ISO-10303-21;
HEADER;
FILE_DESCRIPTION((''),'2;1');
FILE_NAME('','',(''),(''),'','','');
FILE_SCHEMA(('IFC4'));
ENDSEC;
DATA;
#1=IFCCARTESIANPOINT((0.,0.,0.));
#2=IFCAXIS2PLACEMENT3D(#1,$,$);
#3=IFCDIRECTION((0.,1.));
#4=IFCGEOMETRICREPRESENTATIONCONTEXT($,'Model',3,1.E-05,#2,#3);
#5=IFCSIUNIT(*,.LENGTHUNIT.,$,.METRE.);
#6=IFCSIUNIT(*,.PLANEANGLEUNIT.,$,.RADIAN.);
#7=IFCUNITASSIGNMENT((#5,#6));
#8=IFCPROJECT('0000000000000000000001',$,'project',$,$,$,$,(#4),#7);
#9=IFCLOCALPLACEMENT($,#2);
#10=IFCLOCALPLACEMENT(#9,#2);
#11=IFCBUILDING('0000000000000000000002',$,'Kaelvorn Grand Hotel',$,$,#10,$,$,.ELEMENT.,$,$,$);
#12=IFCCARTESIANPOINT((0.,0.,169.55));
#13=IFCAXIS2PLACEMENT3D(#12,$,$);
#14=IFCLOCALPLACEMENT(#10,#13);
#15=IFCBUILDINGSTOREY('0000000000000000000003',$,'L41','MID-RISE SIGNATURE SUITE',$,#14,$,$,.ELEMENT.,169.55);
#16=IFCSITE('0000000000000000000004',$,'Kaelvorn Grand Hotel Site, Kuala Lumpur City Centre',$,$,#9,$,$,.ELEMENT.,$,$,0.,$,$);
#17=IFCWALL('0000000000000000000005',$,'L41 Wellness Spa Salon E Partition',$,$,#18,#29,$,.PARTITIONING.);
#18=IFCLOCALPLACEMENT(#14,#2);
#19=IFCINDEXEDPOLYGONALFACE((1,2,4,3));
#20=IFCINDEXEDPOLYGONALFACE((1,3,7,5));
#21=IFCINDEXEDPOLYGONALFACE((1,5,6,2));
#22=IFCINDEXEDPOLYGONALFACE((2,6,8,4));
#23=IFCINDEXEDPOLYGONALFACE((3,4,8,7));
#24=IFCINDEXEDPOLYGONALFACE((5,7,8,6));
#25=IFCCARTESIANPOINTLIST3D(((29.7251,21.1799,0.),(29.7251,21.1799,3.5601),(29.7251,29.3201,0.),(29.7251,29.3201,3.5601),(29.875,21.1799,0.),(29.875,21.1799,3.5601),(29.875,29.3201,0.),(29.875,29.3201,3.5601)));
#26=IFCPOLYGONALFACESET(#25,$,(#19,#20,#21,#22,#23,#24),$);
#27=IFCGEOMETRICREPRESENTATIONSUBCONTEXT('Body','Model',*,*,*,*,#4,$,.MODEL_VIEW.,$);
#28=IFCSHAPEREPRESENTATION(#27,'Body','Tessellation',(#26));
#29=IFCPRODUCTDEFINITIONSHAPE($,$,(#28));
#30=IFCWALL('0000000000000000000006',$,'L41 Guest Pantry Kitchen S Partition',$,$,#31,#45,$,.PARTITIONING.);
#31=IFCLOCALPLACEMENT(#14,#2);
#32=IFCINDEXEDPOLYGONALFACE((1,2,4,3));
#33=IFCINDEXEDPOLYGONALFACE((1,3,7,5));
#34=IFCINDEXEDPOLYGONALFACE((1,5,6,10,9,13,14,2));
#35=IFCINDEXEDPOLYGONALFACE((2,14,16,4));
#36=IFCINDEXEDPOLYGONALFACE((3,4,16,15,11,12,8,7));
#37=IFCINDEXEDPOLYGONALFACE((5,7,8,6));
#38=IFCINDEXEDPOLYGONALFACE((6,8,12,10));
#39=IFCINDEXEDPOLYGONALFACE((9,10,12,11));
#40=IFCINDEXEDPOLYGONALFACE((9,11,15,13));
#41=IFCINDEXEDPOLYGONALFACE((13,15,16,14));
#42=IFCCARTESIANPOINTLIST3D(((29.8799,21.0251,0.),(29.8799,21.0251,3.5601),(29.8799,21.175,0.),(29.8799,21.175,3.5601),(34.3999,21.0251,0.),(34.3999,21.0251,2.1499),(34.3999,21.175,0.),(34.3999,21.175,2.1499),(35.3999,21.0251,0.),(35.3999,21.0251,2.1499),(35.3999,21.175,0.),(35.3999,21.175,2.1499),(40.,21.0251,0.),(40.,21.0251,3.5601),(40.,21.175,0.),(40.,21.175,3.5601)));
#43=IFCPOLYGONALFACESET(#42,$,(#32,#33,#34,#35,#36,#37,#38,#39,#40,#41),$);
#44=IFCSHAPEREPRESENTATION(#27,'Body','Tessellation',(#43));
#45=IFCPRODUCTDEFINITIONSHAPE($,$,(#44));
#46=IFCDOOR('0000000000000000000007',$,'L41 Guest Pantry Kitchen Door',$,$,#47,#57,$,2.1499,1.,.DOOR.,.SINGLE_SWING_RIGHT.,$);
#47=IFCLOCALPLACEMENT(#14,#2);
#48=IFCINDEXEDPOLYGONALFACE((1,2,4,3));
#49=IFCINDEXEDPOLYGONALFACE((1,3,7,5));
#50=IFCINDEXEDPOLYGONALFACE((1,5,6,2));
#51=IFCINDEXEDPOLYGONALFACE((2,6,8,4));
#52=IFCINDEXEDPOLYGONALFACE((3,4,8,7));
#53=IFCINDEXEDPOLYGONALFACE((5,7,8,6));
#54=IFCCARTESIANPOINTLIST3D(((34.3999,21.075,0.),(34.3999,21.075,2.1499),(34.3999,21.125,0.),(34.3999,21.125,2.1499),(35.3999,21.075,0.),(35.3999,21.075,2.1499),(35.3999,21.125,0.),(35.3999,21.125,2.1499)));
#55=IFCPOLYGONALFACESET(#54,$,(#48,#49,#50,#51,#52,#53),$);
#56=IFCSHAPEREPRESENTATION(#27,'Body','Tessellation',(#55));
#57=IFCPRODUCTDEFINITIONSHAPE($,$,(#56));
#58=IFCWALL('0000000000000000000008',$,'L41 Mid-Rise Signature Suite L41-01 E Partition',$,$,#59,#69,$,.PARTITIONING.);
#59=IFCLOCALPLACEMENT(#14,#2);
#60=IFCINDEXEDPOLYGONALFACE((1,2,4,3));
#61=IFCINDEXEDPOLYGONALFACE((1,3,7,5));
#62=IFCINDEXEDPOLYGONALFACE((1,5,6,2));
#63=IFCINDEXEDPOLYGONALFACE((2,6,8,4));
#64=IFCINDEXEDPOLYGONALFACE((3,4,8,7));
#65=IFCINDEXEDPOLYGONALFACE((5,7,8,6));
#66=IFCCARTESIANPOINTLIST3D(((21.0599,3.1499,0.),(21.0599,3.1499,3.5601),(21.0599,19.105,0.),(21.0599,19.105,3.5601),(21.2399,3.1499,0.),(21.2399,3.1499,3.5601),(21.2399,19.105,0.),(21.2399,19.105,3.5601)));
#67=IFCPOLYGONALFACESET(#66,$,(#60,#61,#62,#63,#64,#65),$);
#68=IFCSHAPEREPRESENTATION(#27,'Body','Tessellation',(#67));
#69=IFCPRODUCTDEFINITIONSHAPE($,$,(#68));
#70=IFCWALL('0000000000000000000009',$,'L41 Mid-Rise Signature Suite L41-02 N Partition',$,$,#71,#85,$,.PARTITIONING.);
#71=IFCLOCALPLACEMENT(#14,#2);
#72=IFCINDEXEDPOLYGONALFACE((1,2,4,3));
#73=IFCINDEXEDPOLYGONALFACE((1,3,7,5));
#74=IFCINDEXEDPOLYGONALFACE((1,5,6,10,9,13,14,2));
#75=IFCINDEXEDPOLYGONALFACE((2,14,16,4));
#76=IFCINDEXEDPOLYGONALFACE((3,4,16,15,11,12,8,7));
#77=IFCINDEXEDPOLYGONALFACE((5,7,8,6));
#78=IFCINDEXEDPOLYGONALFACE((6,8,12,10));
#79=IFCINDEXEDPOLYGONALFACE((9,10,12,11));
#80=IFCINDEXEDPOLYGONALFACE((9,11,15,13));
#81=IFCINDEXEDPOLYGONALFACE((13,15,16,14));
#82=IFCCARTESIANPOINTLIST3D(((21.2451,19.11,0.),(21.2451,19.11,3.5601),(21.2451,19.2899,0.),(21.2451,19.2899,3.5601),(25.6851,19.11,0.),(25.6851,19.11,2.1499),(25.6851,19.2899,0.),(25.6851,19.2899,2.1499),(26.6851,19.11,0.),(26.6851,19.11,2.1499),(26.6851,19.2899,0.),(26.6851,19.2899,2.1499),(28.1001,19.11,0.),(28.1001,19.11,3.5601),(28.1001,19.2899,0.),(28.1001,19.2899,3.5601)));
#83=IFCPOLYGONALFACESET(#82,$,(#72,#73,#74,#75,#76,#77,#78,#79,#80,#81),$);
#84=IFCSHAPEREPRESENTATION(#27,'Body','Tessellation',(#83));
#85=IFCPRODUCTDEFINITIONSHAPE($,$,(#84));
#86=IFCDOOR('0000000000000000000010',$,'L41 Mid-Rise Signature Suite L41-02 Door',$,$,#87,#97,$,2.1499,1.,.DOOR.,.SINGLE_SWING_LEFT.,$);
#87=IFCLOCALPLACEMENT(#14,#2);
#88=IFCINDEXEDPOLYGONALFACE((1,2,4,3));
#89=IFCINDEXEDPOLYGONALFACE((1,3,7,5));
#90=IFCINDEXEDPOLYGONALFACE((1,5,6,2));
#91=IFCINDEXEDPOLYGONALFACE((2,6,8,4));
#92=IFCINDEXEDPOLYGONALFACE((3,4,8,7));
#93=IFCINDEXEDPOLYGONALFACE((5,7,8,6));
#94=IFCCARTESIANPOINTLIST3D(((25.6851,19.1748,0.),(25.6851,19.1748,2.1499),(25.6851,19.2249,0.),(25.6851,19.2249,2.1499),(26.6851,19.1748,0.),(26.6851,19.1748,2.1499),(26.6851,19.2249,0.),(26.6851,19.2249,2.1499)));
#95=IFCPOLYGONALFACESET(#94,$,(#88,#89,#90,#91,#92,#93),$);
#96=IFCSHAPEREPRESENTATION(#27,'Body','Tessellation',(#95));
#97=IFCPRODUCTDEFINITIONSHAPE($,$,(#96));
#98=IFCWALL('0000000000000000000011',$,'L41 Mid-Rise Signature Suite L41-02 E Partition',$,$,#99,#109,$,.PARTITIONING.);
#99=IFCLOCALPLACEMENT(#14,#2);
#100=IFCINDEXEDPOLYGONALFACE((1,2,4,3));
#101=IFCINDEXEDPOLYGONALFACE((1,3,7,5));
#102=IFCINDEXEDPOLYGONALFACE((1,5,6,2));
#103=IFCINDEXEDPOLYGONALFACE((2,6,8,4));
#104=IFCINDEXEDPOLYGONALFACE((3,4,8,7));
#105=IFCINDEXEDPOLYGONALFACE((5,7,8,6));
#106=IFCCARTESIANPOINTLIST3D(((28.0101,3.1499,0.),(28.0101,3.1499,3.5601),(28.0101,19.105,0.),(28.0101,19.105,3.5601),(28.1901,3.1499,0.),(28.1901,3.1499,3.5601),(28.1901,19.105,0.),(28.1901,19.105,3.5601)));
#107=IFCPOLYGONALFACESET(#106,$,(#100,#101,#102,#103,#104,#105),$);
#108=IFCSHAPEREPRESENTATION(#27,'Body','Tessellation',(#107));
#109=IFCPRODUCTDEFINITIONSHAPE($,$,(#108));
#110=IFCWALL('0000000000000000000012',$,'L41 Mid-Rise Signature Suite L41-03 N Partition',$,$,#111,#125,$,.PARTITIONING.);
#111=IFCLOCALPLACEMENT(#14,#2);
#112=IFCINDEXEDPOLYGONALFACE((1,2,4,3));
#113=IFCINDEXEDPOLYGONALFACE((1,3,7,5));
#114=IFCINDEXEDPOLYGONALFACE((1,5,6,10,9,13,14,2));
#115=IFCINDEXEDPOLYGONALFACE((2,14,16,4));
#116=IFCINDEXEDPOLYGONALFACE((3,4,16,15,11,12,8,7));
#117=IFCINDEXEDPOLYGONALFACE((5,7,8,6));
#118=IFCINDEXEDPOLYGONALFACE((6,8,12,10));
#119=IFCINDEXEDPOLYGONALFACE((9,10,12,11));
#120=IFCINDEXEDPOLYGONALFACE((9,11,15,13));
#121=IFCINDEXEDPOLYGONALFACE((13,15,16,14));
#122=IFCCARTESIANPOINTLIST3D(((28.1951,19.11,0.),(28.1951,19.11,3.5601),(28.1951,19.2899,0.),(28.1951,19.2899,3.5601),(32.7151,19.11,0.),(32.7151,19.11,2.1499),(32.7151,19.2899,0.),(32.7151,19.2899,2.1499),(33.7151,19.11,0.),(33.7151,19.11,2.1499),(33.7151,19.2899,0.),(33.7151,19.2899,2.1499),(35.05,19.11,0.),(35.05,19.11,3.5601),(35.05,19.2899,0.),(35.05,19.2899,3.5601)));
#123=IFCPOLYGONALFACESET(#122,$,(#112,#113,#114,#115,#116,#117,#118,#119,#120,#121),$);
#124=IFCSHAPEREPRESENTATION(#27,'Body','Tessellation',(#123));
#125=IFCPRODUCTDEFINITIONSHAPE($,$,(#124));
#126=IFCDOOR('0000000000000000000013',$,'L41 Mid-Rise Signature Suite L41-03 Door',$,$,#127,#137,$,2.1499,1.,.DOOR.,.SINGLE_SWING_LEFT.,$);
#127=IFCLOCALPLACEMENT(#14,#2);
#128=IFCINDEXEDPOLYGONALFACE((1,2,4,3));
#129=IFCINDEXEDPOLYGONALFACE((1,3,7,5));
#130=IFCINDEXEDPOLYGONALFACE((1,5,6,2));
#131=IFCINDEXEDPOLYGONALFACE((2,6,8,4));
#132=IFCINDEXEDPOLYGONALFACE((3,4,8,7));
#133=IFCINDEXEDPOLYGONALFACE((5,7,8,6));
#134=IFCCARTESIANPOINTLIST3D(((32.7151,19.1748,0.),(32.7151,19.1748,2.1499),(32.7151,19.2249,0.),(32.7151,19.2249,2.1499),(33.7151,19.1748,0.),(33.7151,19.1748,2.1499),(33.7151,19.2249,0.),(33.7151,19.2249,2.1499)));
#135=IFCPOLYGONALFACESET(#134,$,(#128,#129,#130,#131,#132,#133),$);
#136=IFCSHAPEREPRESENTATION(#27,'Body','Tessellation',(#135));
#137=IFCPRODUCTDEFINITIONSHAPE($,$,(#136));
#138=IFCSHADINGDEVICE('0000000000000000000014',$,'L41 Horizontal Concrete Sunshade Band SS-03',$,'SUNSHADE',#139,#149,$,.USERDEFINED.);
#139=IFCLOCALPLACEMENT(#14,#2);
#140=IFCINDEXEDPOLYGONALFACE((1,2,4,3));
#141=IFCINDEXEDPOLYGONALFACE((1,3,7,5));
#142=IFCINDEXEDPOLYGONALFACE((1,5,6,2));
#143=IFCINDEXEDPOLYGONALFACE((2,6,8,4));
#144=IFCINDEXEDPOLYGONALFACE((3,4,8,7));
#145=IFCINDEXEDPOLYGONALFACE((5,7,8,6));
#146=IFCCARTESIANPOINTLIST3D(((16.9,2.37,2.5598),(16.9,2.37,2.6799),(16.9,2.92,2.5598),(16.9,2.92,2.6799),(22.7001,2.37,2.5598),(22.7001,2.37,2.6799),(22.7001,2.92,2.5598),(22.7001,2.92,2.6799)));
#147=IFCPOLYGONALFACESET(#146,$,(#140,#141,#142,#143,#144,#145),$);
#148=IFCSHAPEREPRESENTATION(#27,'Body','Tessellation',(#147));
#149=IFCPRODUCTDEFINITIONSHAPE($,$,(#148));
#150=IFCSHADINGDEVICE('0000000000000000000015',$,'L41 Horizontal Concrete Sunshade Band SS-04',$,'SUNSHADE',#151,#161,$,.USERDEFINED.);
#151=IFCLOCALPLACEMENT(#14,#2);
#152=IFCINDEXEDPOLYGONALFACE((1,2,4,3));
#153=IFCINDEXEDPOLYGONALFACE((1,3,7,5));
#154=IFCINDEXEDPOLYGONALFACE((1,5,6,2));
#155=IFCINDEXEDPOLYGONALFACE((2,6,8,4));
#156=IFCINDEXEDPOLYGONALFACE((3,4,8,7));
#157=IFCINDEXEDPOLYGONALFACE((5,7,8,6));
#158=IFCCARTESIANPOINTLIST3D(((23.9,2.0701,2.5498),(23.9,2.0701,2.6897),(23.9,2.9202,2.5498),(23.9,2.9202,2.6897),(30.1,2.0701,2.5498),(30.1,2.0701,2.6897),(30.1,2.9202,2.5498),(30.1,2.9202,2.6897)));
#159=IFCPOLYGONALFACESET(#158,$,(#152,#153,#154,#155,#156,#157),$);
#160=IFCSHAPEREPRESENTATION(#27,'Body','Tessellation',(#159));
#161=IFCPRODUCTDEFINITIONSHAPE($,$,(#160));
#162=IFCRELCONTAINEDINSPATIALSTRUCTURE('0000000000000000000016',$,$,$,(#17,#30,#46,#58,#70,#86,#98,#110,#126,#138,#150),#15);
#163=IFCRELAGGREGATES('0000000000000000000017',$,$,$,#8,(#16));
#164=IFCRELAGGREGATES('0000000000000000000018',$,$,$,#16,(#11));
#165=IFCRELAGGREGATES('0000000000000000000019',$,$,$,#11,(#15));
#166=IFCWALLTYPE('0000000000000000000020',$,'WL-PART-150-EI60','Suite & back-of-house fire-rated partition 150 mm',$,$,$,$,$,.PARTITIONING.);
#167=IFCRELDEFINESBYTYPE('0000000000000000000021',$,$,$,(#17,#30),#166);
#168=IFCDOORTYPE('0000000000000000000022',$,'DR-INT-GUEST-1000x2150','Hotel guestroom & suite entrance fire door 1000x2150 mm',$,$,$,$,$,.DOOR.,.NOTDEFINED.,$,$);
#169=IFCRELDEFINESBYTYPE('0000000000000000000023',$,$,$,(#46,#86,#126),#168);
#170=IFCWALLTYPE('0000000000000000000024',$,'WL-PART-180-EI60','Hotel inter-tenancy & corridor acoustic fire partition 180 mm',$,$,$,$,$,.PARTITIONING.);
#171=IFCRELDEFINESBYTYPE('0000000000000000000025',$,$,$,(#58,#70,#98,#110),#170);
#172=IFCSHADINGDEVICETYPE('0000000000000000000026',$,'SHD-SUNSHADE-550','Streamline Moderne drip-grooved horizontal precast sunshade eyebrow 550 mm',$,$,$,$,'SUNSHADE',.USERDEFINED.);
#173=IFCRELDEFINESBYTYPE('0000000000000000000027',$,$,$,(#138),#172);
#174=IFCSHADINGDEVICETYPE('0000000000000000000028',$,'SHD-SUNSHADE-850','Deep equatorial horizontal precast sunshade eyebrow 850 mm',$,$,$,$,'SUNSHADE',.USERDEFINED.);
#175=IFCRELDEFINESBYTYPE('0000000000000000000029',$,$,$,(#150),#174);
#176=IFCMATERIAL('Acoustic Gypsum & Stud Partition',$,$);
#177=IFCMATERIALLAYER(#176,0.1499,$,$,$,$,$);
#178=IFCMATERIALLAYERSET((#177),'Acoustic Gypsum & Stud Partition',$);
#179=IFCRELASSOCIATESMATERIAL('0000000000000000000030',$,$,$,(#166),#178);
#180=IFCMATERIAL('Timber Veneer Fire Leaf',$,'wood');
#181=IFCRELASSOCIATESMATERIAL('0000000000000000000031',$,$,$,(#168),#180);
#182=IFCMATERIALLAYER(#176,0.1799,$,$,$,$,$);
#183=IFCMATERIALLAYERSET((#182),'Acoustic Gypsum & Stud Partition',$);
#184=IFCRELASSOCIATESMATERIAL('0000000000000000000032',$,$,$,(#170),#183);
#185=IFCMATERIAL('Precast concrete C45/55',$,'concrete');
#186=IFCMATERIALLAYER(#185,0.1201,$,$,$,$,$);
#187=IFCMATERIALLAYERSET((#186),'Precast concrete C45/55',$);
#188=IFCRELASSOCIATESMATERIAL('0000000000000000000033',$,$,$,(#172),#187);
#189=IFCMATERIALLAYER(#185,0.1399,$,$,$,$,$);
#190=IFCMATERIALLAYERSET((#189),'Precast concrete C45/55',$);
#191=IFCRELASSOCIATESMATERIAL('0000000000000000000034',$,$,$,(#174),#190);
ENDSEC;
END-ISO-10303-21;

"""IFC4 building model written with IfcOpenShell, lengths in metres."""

from ifc_helpers import new_model, si_unit, direction, frame, frame_2d, origin, origin_2d, place, context, subcontext, project, spatial, rectangle, extrude, material, layer, layer_set, type_object, element, fill, save


model = new_model("IFC4")

# Units and contexts
model_context = context("Model", 3, precision=1e-05, world=origin(), true_north=direction((0.0, 1.0)))
body_context = subcontext(model_context, "Body", "Model", "MODEL_VIEW")
ifc_project = project(units=[si_unit("LENGTHUNIT", "METRE"), si_unit("PLANEANGLEUNIT", "RADIAN")], contexts=[model_context])

# Site, building, storey
site_placement = place(None, origin())
site = spatial("IfcSite", under=ifc_project, at=site_placement, Name="Kaelvorn Grand Hotel Site, Kuala Lumpur City Centre", CompositionType="ELEMENT", RefElevation=0.0)
building_placement = place(site_placement, origin())
building = spatial("IfcBuilding", under=site, at=building_placement, Name="Kaelvorn Grand Hotel", CompositionType="ELEMENT")
storey_placement = place(building_placement, frame((0.0, 0.0, 169.55)))
storey = spatial("IfcBuildingStorey", under=building, at=storey_placement, Name="L41", Description="MID-RISE SIGNATURE SUITE", CompositionType="ELEMENT", Elevation=169.55)

# Wall
ifc_material_1 = material(Name="Acoustic Gypsum & Stud Partition")
ifc_layer_1 = layer(ifc_material_1, 0.1499)
ifc_layer_set_1 = layer_set([ifc_layer_1], Name="Acoustic Gypsum & Stud Partition")
wall_type_1 = type_object("IfcWallType", Name="WL-PART-150-EI60", Description="Suite & back-of-house fire-rated partition 150 mm", PredefinedType="PARTITIONING", material=ifc_layer_set_1)
wall_1_placement = place(storey_placement, frame((29.8, 21.1799, 0.0), z_axis=(0.0, 0.0, 1.0), x_axis=(0.0, 1.0, 0.0)))
element("IfcWall", 1, at=wall_1_placement, inside=storey, type_object=wall_type_1, Name="L41 Wellness Spa Salon E Partition", PredefinedType="PARTITIONING", context=body_context, shape_type="SweptSolid", body=[
    extrude(rectangle(XDim=8.1401, YDim=0.1499, at=frame_2d((4.0701, 0.0))), origin(), (0.0, 0.0, 1.0), 3.5601),
])

# Wall, opening, door
wall_2_placement = place(storey_placement, frame((29.8799, 21.1001, 0.0), z_axis=(0.0, 0.0, 1.0), x_axis=(1.0, 0.0, 0.0)))
wall_2 = element("IfcWall", 2, at=wall_2_placement, inside=storey, type_object=wall_type_1, Name="L41 Guest Pantry Kitchen S Partition", PredefinedType="PARTITIONING", context=body_context, shape_type="SweptSolid", body=[
    extrude(rectangle(XDim=10.1201, YDim=0.1499, at=frame_2d((5.0601, 0.0))), origin(), (0.0, 0.0, 1.0), 3.5601),
])
opening_1_placement = place(wall_2_placement, frame((4.52, 0.0, 0.0)))
opening_1 = element("IfcOpeningElement", 3, at=opening_1_placement, cuts=wall_2, PredefinedType="OPENING", context=body_context, shape_type="SweptSolid", body=[
    extrude(rectangle(XDim=1.0, YDim=2.1499, at=frame_2d((0.5, 1.075))), frame((0.0, 0.085, 0.0), z_axis=(0.0, -1.0, 0.0), x_axis=(1.0, 0.0, 0.0)), (0.0, 0.0, 1.0), 0.1699),
])
ifc_material_2 = material(Name="Timber Veneer Fire Leaf", Category="wood")
door_type_1 = type_object("IfcDoorType", Name="DR-INT-GUEST-1000x2150", Description="Hotel guestroom & suite entrance fire door 1000x2150 mm", OperationType="NOTDEFINED", PredefinedType="DOOR", material=ifc_material_2)
door_1_placement = place(opening_1_placement, origin())
door_1 = element("IfcDoor", 4, at=door_1_placement, inside=storey, type_object=door_type_1, Name="L41 Guest Pantry Kitchen Door", OperationType="SINGLE_SWING_RIGHT", OverallHeight=2.1499, OverallWidth=1.0, PredefinedType="DOOR", context=body_context, shape_type="SweptSolid", body=[
    extrude(rectangle(XDim=1.0, YDim=2.1499, at=frame_2d((0.5, 1.075))), frame((0.0, 0.0249, 0.0), z_axis=(0.0, -1.0, 0.0), x_axis=(1.0, 0.0, 0.0)), (0.0, 0.0, 1.0), 0.05),
])
fill(opening_1, door_1)

# Wall
ifc_layer_2 = layer(ifc_material_1, 0.1799)
ifc_layer_set_2 = layer_set([ifc_layer_2], Name="Acoustic Gypsum & Stud Partition")
wall_type_2 = type_object("IfcWallType", Name="WL-PART-180-EI60", Description="Hotel inter-tenancy & corridor acoustic fire partition 180 mm", PredefinedType="PARTITIONING", material=ifc_layer_set_2)
wall_3_placement = place(storey_placement, frame((21.1499, 3.1499, 0.0), z_axis=(0.0, 0.0, 1.0), x_axis=(0.0, 1.0, 0.0)))
element("IfcWall", 5, at=wall_3_placement, inside=storey, type_object=wall_type_2, Name="L41 Mid-Rise Signature Suite L41-01 E Partition", PredefinedType="PARTITIONING", context=body_context, shape_type="SweptSolid", body=[
    extrude(rectangle(XDim=15.9551, YDim=0.1799, at=frame_2d((7.9775, 0.0))), origin(), (0.0, 0.0, 1.0), 3.5601),
])

# Wall, opening, door
wall_4_placement = place(storey_placement, frame((21.2451, 19.2, 0.0), z_axis=(0.0, 0.0, 1.0), x_axis=(1.0, 0.0, 0.0)))
wall_4 = element("IfcWall", 6, at=wall_4_placement, inside=storey, type_object=wall_type_2, Name="L41 Mid-Rise Signature Suite L41-02 N Partition", PredefinedType="PARTITIONING", context=body_context, shape_type="SweptSolid", body=[
    extrude(rectangle(XDim=6.855, YDim=0.1799, at=frame_2d((3.4275, 0.0))), origin(), (0.0, 0.0, 1.0), 3.5601),
])
opening_2_placement = place(wall_4_placement, frame((4.4399, 0.0, 0.0)))
opening_2 = element("IfcOpeningElement", 7, at=opening_2_placement, cuts=wall_4, PredefinedType="OPENING", context=body_context, shape_type="SweptSolid", body=[
    extrude(rectangle(XDim=1.0, YDim=2.1499, at=frame_2d((0.5, 1.075))), frame((0.0, 0.1001, 0.0), z_axis=(0.0, -1.0, 0.0), x_axis=(1.0, 0.0, 0.0)), (0.0, 0.0, 1.0), 0.2),
])
door_2_placement = place(opening_2_placement, origin())
door_2 = element("IfcDoor", 8, at=door_2_placement, inside=storey, type_object=door_type_1, Name="L41 Mid-Rise Signature Suite L41-02 Door", OperationType="SINGLE_SWING_LEFT", OverallHeight=2.1499, OverallWidth=1.0, PredefinedType="DOOR", context=body_context, shape_type="SweptSolid", body=[
    extrude(rectangle(XDim=1.0, YDim=2.1499, at=frame_2d((0.5, 1.075))), frame((0.0, 0.0249, 0.0), z_axis=(0.0, -1.0, 0.0), x_axis=(1.0, 0.0, 0.0)), (0.0, 0.0, 1.0), 0.05),
])
fill(opening_2, door_2)

# Wall
wall_5_placement = place(storey_placement, frame((28.1001, 3.1499, 0.0), z_axis=(0.0, 0.0, 1.0), x_axis=(0.0, 1.0, 0.0)))
element("IfcWall", 9, at=wall_5_placement, inside=storey, type_object=wall_type_2, Name="L41 Mid-Rise Signature Suite L41-02 E Partition", PredefinedType="PARTITIONING", context=body_context, shape_type="SweptSolid", body=[
    extrude(rectangle(XDim=15.9551, YDim=0.1799, at=frame_2d((7.9775, 0.0))), origin(), (0.0, 0.0, 1.0), 3.5601),
])

# Wall, opening, door
wall_6_placement = place(storey_placement, frame((28.1951, 19.2, 0.0), z_axis=(0.0, 0.0, 1.0), x_axis=(1.0, 0.0, 0.0)))
wall_6 = element("IfcWall", 10, at=wall_6_placement, inside=storey, type_object=wall_type_2, Name="L41 Mid-Rise Signature Suite L41-03 N Partition", PredefinedType="PARTITIONING", context=body_context, shape_type="SweptSolid", body=[
    extrude(rectangle(XDim=6.855, YDim=0.1799, at=frame_2d((3.4275, 0.0))), origin(), (0.0, 0.0, 1.0), 3.5601),
])
opening_3_placement = place(wall_6_placement, frame((4.52, 0.0, 0.0)))
opening_3 = element("IfcOpeningElement", 11, at=opening_3_placement, cuts=wall_6, PredefinedType="OPENING", context=body_context, shape_type="SweptSolid", body=[
    extrude(rectangle(XDim=1.0, YDim=2.1499, at=frame_2d((0.5, 1.075))), frame((0.0, 0.1001, 0.0), z_axis=(0.0, -1.0, 0.0), x_axis=(1.0, 0.0, 0.0)), (0.0, 0.0, 1.0), 0.2),
])
door_3_placement = place(opening_3_placement, origin())
door_3 = element("IfcDoor", 12, at=door_3_placement, inside=storey, type_object=door_type_1, Name="L41 Mid-Rise Signature Suite L41-03 Door", OperationType="SINGLE_SWING_LEFT", OverallHeight=2.1499, OverallWidth=1.0, PredefinedType="DOOR", context=body_context, shape_type="SweptSolid", body=[
    extrude(rectangle(XDim=1.0, YDim=2.1499, at=frame_2d((0.5, 1.075))), frame((0.0, 0.0249, 0.0), z_axis=(0.0, -1.0, 0.0), x_axis=(1.0, 0.0, 0.0)), (0.0, 0.0, 1.0), 0.05),
])
fill(opening_3, door_3)

# Shading devices
ifc_material_3 = material(Name="Precast concrete C45/55", Category="concrete")
ifc_layer_3 = layer(ifc_material_3, 0.1201)
ifc_layer_set_3 = layer_set([ifc_layer_3], Name="Precast concrete C45/55")
shading_device_type_1 = type_object("IfcShadingDeviceType", Name="SHD-SUNSHADE-550", Description="Streamline Moderne drip-grooved horizontal precast sunshade eyebrow 550 mm", ElementType="SUNSHADE", PredefinedType="USERDEFINED", material=ifc_layer_set_3)
shading_device_1_placement = place(storey_placement, frame((19.8, 2.645, 2.5598), z_axis=(0.0, 0.0, 1.0), x_axis=(1.0, 0.0, 0.0)))
element("IfcShadingDevice", 13, at=shading_device_1_placement, inside=storey, type_object=shading_device_type_1, Name="L41 Horizontal Concrete Sunshade Band SS-03", ObjectType="SUNSHADE", PredefinedType="USERDEFINED", context=body_context, shape_type="SweptSolid", body=[
    extrude(rectangle(XDim=5.8, YDim=0.55, at=origin_2d()), origin(), (0.0, 0.0, 1.0), 0.1201),
])
ifc_layer_4 = layer(ifc_material_3, 0.1399)
ifc_layer_set_4 = layer_set([ifc_layer_4], Name="Precast concrete C45/55")
shading_device_type_2 = type_object("IfcShadingDeviceType", Name="SHD-SUNSHADE-850", Description="Deep equatorial horizontal precast sunshade eyebrow 850 mm", ElementType="SUNSHADE", PredefinedType="USERDEFINED", material=ifc_layer_set_4)
shading_device_2_placement = place(storey_placement, frame((27.0, 2.4951, 2.5498), z_axis=(0.0, 0.0, 1.0), x_axis=(1.0, 0.0, 0.0)))
element("IfcShadingDevice", 14, at=shading_device_2_placement, inside=storey, type_object=shading_device_type_2, Name="L41 Horizontal Concrete Sunshade Band SS-04", ObjectType="SUNSHADE", PredefinedType="USERDEFINED", context=body_context, shape_type="SweptSolid", body=[
    extrude(rectangle(XDim=6.2, YDim=0.8501, at=origin_2d()), origin(), (0.0, 0.0, 1.0), 0.1399),
])

save(model, "model.ifc")
